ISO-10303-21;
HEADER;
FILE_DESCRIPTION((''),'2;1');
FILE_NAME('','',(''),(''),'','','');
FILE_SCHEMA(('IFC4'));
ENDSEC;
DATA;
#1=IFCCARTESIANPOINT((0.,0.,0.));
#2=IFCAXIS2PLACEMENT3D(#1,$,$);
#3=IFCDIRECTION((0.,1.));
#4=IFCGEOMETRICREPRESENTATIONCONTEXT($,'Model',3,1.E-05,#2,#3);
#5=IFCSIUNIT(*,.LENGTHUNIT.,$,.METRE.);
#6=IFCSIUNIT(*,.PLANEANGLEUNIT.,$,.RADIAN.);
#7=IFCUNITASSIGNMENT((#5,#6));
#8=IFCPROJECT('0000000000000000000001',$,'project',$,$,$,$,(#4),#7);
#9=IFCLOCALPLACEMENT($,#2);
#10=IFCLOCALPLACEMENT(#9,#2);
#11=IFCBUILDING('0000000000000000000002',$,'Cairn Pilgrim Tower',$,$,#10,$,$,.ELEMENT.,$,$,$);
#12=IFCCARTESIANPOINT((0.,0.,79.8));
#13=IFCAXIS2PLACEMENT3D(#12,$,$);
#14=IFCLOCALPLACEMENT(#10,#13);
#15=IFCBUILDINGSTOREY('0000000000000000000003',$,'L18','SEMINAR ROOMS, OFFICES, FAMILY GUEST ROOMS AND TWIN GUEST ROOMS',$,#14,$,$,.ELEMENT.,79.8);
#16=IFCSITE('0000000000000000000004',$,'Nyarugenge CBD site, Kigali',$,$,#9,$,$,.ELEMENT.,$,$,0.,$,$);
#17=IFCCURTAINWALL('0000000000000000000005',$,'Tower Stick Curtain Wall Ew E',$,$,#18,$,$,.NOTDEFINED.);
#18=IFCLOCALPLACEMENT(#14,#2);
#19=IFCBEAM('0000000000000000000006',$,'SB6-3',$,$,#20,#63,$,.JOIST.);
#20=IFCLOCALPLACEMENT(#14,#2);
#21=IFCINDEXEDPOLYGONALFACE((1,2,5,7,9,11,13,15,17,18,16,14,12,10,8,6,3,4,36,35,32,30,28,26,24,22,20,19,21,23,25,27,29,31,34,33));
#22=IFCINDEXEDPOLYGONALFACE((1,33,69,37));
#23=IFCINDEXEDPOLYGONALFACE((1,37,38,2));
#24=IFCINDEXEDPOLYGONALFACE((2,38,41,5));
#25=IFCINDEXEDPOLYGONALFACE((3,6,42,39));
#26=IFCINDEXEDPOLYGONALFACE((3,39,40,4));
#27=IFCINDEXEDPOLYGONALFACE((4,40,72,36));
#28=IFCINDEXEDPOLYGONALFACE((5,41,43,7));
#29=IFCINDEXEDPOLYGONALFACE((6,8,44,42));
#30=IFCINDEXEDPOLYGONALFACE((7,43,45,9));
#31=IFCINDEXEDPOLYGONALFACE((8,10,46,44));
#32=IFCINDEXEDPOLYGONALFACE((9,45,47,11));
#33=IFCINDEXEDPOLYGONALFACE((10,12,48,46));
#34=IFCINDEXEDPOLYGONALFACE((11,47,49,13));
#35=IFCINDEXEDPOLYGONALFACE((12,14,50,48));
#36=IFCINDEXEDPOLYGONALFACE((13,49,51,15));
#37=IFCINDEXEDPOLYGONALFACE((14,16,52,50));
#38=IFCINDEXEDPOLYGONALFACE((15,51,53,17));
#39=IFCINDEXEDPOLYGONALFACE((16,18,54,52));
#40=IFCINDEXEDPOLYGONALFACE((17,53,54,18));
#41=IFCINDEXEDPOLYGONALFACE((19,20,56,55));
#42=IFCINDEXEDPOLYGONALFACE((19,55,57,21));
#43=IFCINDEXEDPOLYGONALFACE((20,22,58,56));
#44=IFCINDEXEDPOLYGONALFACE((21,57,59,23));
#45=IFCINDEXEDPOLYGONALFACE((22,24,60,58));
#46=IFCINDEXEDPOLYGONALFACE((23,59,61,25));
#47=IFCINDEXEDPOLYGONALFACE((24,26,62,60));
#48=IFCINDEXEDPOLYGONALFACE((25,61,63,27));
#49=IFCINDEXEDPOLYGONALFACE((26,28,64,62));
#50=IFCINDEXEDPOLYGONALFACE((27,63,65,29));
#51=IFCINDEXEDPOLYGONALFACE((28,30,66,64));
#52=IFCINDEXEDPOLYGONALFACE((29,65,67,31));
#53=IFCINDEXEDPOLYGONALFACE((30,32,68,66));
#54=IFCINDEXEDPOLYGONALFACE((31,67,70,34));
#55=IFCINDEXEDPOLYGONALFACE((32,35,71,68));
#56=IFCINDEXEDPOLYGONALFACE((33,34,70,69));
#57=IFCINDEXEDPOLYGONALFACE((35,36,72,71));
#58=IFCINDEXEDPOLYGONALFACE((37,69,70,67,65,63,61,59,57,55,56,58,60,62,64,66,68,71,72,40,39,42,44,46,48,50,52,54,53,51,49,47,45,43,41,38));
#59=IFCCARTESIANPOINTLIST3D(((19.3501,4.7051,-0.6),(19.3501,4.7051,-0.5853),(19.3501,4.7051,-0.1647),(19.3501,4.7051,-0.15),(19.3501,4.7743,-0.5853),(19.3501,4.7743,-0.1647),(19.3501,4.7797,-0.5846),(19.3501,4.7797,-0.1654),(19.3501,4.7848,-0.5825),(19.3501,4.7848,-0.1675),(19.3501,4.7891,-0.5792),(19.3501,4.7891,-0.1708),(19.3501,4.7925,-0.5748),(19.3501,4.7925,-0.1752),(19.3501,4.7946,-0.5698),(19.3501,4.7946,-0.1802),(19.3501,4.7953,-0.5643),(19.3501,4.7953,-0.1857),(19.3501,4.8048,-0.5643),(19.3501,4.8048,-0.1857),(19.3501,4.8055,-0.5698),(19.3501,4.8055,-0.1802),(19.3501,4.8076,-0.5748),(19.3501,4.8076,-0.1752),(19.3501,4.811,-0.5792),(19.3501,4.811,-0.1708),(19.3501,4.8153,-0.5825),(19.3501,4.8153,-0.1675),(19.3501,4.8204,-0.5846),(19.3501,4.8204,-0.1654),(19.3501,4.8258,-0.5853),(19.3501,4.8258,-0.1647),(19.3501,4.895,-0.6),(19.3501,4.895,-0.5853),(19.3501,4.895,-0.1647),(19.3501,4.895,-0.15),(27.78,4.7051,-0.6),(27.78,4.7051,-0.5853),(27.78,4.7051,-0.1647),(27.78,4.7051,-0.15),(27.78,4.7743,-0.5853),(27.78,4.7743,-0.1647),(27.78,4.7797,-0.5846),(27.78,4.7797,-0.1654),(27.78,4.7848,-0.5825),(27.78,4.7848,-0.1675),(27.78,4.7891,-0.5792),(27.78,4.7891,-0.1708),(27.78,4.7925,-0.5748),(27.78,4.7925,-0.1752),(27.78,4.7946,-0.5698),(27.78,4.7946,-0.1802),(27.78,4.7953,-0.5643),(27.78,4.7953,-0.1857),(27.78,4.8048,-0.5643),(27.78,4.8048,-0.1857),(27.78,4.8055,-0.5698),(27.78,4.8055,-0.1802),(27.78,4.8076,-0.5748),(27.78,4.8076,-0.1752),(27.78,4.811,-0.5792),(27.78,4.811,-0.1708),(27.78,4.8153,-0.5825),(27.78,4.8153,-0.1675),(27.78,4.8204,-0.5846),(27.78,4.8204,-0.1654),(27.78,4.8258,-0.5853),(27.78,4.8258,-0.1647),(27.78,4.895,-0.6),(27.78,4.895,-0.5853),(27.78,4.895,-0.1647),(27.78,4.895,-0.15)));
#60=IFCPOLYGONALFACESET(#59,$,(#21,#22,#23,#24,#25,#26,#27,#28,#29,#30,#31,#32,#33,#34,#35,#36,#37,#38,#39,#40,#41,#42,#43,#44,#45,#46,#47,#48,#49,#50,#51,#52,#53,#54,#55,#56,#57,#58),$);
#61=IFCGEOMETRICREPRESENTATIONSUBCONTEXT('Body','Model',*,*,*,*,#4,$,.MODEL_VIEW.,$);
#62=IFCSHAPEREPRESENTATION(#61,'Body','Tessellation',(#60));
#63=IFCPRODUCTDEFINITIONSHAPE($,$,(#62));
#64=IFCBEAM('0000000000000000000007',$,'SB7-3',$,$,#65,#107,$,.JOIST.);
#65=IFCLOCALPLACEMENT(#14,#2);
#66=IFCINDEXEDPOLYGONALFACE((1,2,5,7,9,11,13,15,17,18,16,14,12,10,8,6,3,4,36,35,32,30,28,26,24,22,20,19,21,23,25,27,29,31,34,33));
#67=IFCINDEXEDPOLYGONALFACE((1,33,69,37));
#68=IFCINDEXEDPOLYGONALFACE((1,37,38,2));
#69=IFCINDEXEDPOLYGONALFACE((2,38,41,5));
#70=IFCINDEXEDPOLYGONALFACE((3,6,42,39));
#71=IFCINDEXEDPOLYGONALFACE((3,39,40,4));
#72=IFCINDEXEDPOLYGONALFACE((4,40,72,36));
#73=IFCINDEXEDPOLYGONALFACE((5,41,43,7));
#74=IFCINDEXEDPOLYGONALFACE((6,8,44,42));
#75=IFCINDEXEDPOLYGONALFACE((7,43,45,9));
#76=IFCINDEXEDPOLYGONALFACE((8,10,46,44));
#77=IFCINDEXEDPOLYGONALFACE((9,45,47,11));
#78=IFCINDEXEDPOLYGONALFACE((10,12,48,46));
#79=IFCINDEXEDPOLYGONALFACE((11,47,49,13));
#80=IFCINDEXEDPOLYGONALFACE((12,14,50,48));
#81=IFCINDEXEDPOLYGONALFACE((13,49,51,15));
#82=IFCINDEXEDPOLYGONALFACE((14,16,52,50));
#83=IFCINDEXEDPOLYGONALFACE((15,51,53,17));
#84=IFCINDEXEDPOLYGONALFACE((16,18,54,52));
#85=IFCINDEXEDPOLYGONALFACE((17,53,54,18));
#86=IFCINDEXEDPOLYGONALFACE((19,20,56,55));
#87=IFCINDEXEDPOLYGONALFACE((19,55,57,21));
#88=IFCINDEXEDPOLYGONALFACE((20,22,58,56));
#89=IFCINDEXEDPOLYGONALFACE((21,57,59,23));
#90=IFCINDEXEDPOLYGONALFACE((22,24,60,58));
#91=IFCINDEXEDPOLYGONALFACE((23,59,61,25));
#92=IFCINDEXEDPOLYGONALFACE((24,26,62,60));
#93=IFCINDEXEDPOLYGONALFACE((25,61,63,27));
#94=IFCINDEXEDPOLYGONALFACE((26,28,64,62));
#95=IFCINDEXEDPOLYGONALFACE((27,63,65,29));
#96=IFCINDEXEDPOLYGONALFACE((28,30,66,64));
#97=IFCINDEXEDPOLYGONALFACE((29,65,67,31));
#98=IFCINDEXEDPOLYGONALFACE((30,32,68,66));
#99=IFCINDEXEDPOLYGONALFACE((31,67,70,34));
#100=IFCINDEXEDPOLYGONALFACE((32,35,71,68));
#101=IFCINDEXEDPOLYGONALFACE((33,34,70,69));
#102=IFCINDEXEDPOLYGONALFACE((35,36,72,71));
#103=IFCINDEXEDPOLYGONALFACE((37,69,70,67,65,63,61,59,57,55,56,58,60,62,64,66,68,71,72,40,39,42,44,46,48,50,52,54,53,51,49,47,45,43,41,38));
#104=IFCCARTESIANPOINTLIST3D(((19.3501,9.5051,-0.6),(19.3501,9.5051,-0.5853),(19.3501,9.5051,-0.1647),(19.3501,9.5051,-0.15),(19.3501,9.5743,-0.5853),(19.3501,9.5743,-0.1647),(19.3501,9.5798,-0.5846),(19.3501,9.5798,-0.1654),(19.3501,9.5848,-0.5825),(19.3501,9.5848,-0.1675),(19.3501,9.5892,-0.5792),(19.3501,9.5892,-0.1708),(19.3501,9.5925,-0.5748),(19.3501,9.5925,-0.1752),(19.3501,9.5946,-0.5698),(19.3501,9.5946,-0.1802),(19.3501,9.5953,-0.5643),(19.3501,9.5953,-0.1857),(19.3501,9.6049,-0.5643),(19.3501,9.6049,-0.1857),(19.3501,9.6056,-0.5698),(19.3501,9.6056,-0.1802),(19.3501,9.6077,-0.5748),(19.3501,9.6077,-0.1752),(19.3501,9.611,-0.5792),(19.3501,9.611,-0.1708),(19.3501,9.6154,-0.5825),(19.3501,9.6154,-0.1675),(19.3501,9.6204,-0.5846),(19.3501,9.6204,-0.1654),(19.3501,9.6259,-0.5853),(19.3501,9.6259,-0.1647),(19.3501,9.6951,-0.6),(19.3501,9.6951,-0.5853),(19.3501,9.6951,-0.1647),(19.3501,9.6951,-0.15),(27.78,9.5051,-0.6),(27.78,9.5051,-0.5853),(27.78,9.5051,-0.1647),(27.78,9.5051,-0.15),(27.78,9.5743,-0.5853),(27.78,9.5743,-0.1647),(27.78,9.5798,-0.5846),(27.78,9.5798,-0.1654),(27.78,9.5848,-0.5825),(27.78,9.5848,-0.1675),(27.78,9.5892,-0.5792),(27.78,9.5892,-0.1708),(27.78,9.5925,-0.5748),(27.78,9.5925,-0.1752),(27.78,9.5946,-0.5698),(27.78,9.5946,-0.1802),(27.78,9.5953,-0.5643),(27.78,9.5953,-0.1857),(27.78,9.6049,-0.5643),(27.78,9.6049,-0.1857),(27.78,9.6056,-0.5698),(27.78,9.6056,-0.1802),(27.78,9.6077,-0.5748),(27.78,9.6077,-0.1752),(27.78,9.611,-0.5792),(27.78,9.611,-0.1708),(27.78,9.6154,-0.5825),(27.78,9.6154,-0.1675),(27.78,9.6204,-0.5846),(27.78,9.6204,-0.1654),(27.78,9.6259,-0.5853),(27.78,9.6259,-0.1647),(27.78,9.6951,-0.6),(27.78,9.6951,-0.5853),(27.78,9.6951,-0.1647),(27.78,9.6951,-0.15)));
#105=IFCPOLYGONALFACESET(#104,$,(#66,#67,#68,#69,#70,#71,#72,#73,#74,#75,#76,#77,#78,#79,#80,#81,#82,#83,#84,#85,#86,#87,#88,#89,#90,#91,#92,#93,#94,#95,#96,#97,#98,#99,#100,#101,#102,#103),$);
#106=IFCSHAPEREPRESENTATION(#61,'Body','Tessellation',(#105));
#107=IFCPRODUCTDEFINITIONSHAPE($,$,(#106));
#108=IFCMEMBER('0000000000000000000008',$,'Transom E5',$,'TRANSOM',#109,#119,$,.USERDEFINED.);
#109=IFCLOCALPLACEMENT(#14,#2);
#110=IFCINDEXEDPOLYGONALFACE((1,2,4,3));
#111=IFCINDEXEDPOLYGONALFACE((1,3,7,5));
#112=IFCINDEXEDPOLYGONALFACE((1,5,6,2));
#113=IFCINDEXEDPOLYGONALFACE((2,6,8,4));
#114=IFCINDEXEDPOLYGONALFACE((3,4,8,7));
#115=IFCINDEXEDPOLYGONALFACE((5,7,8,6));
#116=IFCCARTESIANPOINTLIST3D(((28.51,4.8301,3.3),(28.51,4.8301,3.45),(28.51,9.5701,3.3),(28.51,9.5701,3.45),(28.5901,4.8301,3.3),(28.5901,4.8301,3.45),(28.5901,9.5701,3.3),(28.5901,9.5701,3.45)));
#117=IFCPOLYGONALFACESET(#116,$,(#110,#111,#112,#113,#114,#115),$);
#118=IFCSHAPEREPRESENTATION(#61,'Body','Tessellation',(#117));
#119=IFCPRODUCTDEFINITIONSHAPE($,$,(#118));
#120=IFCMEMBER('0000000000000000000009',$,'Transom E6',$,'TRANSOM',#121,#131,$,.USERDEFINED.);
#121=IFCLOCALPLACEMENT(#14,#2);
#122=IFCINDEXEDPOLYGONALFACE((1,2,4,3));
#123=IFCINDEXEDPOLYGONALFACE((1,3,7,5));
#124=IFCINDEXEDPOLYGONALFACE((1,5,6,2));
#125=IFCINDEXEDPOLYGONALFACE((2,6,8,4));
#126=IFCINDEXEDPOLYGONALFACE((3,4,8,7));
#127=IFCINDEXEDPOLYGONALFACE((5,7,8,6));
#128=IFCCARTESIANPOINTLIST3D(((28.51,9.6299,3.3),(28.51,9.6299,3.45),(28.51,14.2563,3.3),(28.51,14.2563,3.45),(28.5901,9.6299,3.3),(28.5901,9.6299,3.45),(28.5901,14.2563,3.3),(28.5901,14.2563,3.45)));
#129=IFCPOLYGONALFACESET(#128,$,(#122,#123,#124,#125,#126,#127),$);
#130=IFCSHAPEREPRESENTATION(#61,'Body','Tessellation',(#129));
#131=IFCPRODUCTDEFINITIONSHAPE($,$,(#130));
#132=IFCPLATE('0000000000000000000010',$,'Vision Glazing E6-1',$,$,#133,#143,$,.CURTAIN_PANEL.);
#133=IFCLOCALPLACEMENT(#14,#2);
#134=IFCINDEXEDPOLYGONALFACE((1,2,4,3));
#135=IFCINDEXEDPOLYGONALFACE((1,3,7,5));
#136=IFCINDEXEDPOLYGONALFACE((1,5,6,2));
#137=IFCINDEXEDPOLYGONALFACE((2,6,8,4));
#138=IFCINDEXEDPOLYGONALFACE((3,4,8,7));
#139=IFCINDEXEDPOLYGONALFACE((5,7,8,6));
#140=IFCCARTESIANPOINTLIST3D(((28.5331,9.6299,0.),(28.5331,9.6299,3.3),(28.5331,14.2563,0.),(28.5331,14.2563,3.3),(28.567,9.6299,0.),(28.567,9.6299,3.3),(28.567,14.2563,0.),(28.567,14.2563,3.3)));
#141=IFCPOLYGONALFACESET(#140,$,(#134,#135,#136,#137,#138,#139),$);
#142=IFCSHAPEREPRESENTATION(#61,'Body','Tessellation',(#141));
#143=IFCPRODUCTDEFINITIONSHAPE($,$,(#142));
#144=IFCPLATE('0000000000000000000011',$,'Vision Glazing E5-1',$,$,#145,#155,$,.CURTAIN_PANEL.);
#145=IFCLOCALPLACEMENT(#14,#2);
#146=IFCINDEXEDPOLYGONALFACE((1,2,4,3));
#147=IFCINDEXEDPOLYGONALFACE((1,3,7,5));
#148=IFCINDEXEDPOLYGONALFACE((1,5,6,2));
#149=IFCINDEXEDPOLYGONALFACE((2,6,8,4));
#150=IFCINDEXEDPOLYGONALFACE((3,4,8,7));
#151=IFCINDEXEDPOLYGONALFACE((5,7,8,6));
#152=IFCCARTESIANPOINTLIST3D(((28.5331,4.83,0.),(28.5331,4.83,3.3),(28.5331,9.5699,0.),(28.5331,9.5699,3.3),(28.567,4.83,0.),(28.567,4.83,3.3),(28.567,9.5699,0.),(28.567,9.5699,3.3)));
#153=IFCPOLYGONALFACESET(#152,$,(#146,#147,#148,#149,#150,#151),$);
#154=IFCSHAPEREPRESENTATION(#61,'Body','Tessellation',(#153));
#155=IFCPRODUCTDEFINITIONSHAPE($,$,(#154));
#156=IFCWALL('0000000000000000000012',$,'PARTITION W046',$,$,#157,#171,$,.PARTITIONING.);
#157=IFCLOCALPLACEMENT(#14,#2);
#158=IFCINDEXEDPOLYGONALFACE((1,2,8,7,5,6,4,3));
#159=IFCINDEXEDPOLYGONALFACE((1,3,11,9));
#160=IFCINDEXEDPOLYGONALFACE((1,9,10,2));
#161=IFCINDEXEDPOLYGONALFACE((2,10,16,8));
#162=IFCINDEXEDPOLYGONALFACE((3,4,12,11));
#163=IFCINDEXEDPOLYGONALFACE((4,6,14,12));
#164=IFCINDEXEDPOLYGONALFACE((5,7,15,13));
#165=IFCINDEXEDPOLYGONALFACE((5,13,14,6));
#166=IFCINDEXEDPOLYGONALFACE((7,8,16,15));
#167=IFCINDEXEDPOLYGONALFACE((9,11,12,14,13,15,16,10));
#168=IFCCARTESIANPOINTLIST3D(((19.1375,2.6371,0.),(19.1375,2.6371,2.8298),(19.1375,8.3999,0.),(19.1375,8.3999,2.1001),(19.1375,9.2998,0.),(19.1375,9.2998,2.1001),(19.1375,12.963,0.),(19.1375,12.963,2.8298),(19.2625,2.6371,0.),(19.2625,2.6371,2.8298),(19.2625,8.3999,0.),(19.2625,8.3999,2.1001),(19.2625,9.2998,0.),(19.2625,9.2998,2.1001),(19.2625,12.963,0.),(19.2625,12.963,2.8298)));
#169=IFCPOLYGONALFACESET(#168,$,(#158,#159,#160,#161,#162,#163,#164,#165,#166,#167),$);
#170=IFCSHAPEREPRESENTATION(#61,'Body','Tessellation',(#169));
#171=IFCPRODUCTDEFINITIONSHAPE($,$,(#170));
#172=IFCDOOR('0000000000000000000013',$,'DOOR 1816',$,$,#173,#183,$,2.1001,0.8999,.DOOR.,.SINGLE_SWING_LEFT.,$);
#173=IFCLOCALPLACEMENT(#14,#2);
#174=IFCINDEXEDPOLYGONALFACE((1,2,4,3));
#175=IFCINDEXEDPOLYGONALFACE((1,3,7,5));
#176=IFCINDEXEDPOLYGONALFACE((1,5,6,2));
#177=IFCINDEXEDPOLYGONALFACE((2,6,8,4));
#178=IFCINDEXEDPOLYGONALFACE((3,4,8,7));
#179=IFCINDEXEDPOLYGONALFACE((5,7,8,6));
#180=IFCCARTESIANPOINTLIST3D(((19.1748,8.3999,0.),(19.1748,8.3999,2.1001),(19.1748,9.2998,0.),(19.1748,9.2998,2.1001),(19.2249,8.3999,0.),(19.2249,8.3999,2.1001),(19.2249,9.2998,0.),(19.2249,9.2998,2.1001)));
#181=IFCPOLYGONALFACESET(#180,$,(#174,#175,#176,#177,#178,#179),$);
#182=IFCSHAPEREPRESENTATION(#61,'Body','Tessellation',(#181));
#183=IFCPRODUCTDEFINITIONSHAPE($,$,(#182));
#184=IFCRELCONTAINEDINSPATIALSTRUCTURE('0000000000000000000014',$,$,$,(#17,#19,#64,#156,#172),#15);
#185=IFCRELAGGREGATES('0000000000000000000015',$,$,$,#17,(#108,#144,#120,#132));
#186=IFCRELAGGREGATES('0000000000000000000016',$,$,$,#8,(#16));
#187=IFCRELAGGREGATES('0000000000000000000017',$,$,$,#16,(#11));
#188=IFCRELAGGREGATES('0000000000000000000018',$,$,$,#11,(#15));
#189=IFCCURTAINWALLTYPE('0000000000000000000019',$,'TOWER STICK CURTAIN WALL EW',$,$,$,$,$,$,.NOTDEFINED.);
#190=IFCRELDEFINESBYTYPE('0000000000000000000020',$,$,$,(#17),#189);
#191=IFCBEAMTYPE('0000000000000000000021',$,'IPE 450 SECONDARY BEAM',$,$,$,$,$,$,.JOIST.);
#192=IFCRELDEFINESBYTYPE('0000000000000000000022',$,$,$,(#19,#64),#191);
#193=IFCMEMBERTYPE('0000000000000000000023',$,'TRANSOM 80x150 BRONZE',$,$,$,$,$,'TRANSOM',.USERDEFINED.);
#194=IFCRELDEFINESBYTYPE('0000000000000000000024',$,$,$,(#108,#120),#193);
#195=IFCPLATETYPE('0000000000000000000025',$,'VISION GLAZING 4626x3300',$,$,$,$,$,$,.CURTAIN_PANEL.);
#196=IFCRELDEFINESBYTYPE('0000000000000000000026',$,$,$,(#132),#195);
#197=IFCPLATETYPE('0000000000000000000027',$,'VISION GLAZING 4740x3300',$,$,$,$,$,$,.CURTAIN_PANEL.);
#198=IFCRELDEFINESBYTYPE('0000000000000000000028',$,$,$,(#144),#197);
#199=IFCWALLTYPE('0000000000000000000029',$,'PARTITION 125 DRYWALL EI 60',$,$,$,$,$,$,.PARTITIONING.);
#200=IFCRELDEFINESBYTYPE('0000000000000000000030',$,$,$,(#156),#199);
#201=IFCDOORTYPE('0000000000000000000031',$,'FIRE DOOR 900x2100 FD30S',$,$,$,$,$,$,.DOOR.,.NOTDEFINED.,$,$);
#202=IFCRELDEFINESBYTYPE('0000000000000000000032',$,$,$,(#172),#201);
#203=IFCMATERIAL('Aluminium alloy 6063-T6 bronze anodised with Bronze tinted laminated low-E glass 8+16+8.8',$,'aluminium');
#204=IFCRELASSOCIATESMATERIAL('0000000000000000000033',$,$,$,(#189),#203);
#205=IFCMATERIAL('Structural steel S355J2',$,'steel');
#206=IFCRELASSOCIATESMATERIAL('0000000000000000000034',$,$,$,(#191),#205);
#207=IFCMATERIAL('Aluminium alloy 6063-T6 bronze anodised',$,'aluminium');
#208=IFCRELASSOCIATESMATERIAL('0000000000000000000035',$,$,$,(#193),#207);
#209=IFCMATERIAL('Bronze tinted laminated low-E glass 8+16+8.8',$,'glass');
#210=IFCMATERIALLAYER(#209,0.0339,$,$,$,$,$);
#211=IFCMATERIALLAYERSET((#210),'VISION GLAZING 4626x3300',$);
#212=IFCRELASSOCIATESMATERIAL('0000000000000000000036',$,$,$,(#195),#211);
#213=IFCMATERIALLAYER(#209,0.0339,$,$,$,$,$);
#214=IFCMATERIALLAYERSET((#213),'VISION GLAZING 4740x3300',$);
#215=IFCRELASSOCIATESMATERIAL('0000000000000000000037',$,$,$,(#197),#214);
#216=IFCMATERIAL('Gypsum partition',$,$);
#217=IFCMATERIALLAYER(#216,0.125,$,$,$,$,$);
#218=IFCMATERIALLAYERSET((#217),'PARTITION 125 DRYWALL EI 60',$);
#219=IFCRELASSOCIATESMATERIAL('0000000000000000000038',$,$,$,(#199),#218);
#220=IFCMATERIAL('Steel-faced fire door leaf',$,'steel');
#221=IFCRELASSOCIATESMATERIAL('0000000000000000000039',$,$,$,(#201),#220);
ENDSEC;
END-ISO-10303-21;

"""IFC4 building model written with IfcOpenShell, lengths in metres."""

from ifc_helpers import new_model, si_unit, direction, frame, frame_2d, origin, origin_2d, place, context, subcontext, project, spatial, rectangle, i_section, extrude, material, layer, layer_set, material_profile, profile_set, type_object, element, fill, aggregate, save


model = new_model("IFC4")

# Units and contexts
model_context = context("Model", 3, precision=1e-05, world=origin(), true_north=direction((0.0, 1.0)))
body_context = subcontext(model_context, "Body", "Model", "MODEL_VIEW")
ifc_project = project(units=[si_unit("LENGTHUNIT", "METRE"), si_unit("PLANEANGLEUNIT", "RADIAN")], contexts=[model_context])

# Site, building, storey
site_placement = place(None, origin())
site = spatial("IfcSite", under=ifc_project, at=site_placement, Name="Nyarugenge CBD site, Kigali", CompositionType="ELEMENT", RefElevation=0.0)
building_placement = place(site_placement, origin())
building = spatial("IfcBuilding", under=site, at=building_placement, Name="Cairn Pilgrim Tower", CompositionType="ELEMENT")
storey_placement = place(building_placement, frame((0.0, 0.0, 79.8)))
storey = spatial("IfcBuildingStorey", under=building, at=storey_placement, Name="L18", Description="SEMINAR ROOMS, OFFICES, FAMILY GUEST ROOMS AND TWIN GUEST ROOMS", CompositionType="ELEMENT", Elevation=79.8)

# Curtain wall
ifc_material_1 = material(Name="Aluminium alloy 6063-T6 bronze anodised with Bronze tinted laminated low-E glass 8+16+8.8", Category="aluminium")
curtain_wall_type = type_object("IfcCurtainWallType", Name="TOWER STICK CURTAIN WALL EW", PredefinedType="NOTDEFINED", material=ifc_material_1)
curtain_wall_placement = place(storey_placement, origin())
curtain_wall = element("IfcCurtainWall", 1, at=curtain_wall_placement, inside=storey, type_object=curtain_wall_type, Name="Tower Stick Curtain Wall Ew E", PredefinedType="NOTDEFINED")
ifc_material_2 = material(Name="Aluminium alloy 6063-T6 bronze anodised", Category="aluminium")

# Beams
ifc_material_3 = material(Name="Structural steel S355J2", Category="steel")
ifc_material_profile_1 = material_profile(ifc_material_3, i_section(OverallWidth=0.1899, OverallDepth=0.45, WebThickness=0.0095, FlangeThickness=0.0146, FilletRadius=0.021, at=origin_2d()), Name="IPE 450")
ifc_profile_set_1 = profile_set([ifc_material_profile_1], Name="Structural steel S355J2")
beam_type_1 = type_object("IfcBeamType", Name="IPE 450 SECONDARY BEAM", PredefinedType="JOIST", material=ifc_profile_set_1)
for number, where, z_axis, x_axis, name in (
    (2, (19.3501, 4.8, -0.375), (1.0, 0.0, 0.0), (0.0, 1.0, 0.0), "SB6-3"),
    (3, (19.3501, 9.6001, -0.375), (1.0, 0.0, 0.0), (0.0, 1.0, 0.0), "SB7-3"),
):
    element("IfcBeam", number, at=place(storey_placement, frame(where, z_axis=z_axis, x_axis=x_axis)), inside=storey, type_object=beam_type_1, Name=name, PredefinedType="JOIST", context=body_context, shape_type="SweptSolid", body=[
        extrude(i_section(OverallWidth=0.1899, OverallDepth=0.45, WebThickness=0.0095, FlangeThickness=0.0146, FilletRadius=0.021, at=origin_2d()), origin(), (0.0, 0.0, 1.0), 8.4299),
    ])

# Members
ifc_material_profile_2 = material_profile(ifc_material_2, rectangle(XDim=0.0801, YDim=0.1499, at=origin_2d()), Name="TRANSOM 80x150 BRONZE")
ifc_profile_set_2 = profile_set([ifc_material_profile_2], Name="Aluminium alloy 6063-T6 bronze anodised")
member_type_1 = type_object("IfcMemberType", Name="TRANSOM 80x150 BRONZE", ElementType="TRANSOM", PredefinedType="USERDEFINED", material=ifc_profile_set_2)
member_1_placement = place(storey_placement, frame((28.55, 4.8301, 3.375), z_axis=(0.0, 1.0, 0.0), x_axis=(-1.0, 0.0, 0.0)))
member_1 = element("IfcMember", 4, at=member_1_placement, type_object=member_type_1, Name="Transom E5", ObjectType="TRANSOM", PredefinedType="USERDEFINED", context=body_context, shape_type="SweptSolid", body=[
    extrude(rectangle(XDim=0.0801, YDim=0.1499, at=origin_2d()), origin(), (0.0, 0.0, 1.0), 4.74),
])
member_2_placement = place(storey_placement, frame((28.55, 9.6299, 3.375), z_axis=(0.0, 1.0, 0.0), x_axis=(-1.0, 0.0, 0.0)))
member_2 = element("IfcMember", 5, at=member_2_placement, type_object=member_type_1, Name="Transom E6", ObjectType="TRANSOM", PredefinedType="USERDEFINED", context=body_context, shape_type="SweptSolid", body=[
    extrude(rectangle(XDim=0.0801, YDim=0.1499, at=origin_2d()), origin(), (0.0, 0.0, 1.0), 4.6265),
])

# Plates
ifc_material_4 = material(Name="Bronze tinted laminated low-E glass 8+16+8.8", Category="glass")
ifc_layer_1 = layer(ifc_material_4, 0.0339)
ifc_layer_set_1 = layer_set([ifc_layer_1], Name="VISION GLAZING 4626x3300")
plate_type_1 = type_object("IfcPlateType", Name="VISION GLAZING 4626x3300", PredefinedType="CURTAIN_PANEL", material=ifc_layer_set_1)
plate_1_placement = place(storey_placement, frame((28.55, 11.9431, 0.0), z_axis=(0.0, 0.0, 1.0), x_axis=(0.0, 1.0, 0.0)))
plate_1 = element("IfcPlate", 6, at=plate_1_placement, type_object=plate_type_1, Name="Vision Glazing E6-1", PredefinedType="CURTAIN_PANEL", context=body_context, shape_type="SweptSolid", body=[
    extrude(rectangle(XDim=4.6265, YDim=0.0339, at=origin_2d()), origin(), (0.0, 0.0, 1.0), 3.3),
])
ifc_layer_2 = layer(ifc_material_4, 0.0339)
ifc_layer_set_2 = layer_set([ifc_layer_2], Name="VISION GLAZING 4740x3300")
plate_type_2 = type_object("IfcPlateType", Name="VISION GLAZING 4740x3300", PredefinedType="CURTAIN_PANEL", material=ifc_layer_set_2)
plate_2_placement = place(storey_placement, frame((28.55, 7.2, 0.0), z_axis=(0.0, 0.0, 1.0), x_axis=(0.0, 1.0, 0.0)))
plate_2 = element("IfcPlate", 7, at=plate_2_placement, type_object=plate_type_2, Name="Vision Glazing E5-1", PredefinedType="CURTAIN_PANEL", context=body_context, shape_type="SweptSolid", body=[
    extrude(rectangle(XDim=4.74, YDim=0.0339, at=origin_2d()), origin(), (0.0, 0.0, 1.0), 3.3),
])
aggregate(curtain_wall, [member_1, plate_2, member_2, plate_1])

# Wall, opening, door
ifc_material_5 = material(Name="Gypsum partition")
ifc_layer_3 = layer(ifc_material_5, 0.125)
ifc_layer_set_3 = layer_set([ifc_layer_3], Name="PARTITION 125 DRYWALL EI 60")
wall_type_1 = type_object("IfcWallType", Name="PARTITION 125 DRYWALL EI 60", PredefinedType="PARTITIONING", material=ifc_layer_set_3)
wall_1_placement = place(storey_placement, frame((19.2, 2.637, 0.0), z_axis=(0.0, 0.0, 1.0), x_axis=(0.0, 1.0, 0.0)))
wall_1 = element("IfcWall", 8, at=wall_1_placement, inside=storey, type_object=wall_type_1, Name="PARTITION W046", PredefinedType="PARTITIONING", context=body_context, shape_type="SweptSolid", body=[
    extrude(rectangle(XDim=10.3259, YDim=0.125, at=frame_2d((5.1631, 0.0))), origin(), (0.0, 0.0, 1.0), 2.8298),
])
opening_1_placement = place(wall_1_placement, frame((5.7629, 0.0, 0.0)))
opening_1 = element("IfcOpeningElement", 9, at=opening_1_placement, cuts=wall_1, PredefinedType="OPENING", context=body_context, shape_type="SweptSolid", body=[
    extrude(rectangle(XDim=0.8999, YDim=2.1001, at=frame_2d((0.45, 1.05))), frame((0.0, 0.0725, 0.0), z_axis=(0.0, -1.0, 0.0), x_axis=(1.0, 0.0, 0.0)), (0.0, 0.0, 1.0), 0.145),
])
ifc_material_6 = material(Name="Steel-faced fire door leaf", Category="steel")
door_type_1 = type_object("IfcDoorType", Name="FIRE DOOR 900x2100 FD30S", OperationType="NOTDEFINED", PredefinedType="DOOR", material=ifc_material_6)
door_1_placement = place(opening_1_placement, frame((0.8999, 0.0, 0.0), z_axis=(0.0, 0.0, 1.0), x_axis=(-1.0, 0.0, 0.0)))
door_1 = element("IfcDoor", 10, at=door_1_placement, inside=storey, type_object=door_type_1, Name="DOOR 1816", OperationType="SINGLE_SWING_LEFT", OverallHeight=2.1001, OverallWidth=0.8999, PredefinedType="DOOR", context=body_context, shape_type="SweptSolid", body=[
    extrude(rectangle(XDim=0.8999, YDim=2.1001, at=frame_2d((0.45, 1.05))), frame((0.0, 0.0249, 0.0), z_axis=(0.0, -1.0, 0.0), x_axis=(1.0, 0.0, 0.0)), (0.0, 0.0, 1.0), 0.05),
])
fill(opening_1, door_1)

save(model, "model.ifc")
